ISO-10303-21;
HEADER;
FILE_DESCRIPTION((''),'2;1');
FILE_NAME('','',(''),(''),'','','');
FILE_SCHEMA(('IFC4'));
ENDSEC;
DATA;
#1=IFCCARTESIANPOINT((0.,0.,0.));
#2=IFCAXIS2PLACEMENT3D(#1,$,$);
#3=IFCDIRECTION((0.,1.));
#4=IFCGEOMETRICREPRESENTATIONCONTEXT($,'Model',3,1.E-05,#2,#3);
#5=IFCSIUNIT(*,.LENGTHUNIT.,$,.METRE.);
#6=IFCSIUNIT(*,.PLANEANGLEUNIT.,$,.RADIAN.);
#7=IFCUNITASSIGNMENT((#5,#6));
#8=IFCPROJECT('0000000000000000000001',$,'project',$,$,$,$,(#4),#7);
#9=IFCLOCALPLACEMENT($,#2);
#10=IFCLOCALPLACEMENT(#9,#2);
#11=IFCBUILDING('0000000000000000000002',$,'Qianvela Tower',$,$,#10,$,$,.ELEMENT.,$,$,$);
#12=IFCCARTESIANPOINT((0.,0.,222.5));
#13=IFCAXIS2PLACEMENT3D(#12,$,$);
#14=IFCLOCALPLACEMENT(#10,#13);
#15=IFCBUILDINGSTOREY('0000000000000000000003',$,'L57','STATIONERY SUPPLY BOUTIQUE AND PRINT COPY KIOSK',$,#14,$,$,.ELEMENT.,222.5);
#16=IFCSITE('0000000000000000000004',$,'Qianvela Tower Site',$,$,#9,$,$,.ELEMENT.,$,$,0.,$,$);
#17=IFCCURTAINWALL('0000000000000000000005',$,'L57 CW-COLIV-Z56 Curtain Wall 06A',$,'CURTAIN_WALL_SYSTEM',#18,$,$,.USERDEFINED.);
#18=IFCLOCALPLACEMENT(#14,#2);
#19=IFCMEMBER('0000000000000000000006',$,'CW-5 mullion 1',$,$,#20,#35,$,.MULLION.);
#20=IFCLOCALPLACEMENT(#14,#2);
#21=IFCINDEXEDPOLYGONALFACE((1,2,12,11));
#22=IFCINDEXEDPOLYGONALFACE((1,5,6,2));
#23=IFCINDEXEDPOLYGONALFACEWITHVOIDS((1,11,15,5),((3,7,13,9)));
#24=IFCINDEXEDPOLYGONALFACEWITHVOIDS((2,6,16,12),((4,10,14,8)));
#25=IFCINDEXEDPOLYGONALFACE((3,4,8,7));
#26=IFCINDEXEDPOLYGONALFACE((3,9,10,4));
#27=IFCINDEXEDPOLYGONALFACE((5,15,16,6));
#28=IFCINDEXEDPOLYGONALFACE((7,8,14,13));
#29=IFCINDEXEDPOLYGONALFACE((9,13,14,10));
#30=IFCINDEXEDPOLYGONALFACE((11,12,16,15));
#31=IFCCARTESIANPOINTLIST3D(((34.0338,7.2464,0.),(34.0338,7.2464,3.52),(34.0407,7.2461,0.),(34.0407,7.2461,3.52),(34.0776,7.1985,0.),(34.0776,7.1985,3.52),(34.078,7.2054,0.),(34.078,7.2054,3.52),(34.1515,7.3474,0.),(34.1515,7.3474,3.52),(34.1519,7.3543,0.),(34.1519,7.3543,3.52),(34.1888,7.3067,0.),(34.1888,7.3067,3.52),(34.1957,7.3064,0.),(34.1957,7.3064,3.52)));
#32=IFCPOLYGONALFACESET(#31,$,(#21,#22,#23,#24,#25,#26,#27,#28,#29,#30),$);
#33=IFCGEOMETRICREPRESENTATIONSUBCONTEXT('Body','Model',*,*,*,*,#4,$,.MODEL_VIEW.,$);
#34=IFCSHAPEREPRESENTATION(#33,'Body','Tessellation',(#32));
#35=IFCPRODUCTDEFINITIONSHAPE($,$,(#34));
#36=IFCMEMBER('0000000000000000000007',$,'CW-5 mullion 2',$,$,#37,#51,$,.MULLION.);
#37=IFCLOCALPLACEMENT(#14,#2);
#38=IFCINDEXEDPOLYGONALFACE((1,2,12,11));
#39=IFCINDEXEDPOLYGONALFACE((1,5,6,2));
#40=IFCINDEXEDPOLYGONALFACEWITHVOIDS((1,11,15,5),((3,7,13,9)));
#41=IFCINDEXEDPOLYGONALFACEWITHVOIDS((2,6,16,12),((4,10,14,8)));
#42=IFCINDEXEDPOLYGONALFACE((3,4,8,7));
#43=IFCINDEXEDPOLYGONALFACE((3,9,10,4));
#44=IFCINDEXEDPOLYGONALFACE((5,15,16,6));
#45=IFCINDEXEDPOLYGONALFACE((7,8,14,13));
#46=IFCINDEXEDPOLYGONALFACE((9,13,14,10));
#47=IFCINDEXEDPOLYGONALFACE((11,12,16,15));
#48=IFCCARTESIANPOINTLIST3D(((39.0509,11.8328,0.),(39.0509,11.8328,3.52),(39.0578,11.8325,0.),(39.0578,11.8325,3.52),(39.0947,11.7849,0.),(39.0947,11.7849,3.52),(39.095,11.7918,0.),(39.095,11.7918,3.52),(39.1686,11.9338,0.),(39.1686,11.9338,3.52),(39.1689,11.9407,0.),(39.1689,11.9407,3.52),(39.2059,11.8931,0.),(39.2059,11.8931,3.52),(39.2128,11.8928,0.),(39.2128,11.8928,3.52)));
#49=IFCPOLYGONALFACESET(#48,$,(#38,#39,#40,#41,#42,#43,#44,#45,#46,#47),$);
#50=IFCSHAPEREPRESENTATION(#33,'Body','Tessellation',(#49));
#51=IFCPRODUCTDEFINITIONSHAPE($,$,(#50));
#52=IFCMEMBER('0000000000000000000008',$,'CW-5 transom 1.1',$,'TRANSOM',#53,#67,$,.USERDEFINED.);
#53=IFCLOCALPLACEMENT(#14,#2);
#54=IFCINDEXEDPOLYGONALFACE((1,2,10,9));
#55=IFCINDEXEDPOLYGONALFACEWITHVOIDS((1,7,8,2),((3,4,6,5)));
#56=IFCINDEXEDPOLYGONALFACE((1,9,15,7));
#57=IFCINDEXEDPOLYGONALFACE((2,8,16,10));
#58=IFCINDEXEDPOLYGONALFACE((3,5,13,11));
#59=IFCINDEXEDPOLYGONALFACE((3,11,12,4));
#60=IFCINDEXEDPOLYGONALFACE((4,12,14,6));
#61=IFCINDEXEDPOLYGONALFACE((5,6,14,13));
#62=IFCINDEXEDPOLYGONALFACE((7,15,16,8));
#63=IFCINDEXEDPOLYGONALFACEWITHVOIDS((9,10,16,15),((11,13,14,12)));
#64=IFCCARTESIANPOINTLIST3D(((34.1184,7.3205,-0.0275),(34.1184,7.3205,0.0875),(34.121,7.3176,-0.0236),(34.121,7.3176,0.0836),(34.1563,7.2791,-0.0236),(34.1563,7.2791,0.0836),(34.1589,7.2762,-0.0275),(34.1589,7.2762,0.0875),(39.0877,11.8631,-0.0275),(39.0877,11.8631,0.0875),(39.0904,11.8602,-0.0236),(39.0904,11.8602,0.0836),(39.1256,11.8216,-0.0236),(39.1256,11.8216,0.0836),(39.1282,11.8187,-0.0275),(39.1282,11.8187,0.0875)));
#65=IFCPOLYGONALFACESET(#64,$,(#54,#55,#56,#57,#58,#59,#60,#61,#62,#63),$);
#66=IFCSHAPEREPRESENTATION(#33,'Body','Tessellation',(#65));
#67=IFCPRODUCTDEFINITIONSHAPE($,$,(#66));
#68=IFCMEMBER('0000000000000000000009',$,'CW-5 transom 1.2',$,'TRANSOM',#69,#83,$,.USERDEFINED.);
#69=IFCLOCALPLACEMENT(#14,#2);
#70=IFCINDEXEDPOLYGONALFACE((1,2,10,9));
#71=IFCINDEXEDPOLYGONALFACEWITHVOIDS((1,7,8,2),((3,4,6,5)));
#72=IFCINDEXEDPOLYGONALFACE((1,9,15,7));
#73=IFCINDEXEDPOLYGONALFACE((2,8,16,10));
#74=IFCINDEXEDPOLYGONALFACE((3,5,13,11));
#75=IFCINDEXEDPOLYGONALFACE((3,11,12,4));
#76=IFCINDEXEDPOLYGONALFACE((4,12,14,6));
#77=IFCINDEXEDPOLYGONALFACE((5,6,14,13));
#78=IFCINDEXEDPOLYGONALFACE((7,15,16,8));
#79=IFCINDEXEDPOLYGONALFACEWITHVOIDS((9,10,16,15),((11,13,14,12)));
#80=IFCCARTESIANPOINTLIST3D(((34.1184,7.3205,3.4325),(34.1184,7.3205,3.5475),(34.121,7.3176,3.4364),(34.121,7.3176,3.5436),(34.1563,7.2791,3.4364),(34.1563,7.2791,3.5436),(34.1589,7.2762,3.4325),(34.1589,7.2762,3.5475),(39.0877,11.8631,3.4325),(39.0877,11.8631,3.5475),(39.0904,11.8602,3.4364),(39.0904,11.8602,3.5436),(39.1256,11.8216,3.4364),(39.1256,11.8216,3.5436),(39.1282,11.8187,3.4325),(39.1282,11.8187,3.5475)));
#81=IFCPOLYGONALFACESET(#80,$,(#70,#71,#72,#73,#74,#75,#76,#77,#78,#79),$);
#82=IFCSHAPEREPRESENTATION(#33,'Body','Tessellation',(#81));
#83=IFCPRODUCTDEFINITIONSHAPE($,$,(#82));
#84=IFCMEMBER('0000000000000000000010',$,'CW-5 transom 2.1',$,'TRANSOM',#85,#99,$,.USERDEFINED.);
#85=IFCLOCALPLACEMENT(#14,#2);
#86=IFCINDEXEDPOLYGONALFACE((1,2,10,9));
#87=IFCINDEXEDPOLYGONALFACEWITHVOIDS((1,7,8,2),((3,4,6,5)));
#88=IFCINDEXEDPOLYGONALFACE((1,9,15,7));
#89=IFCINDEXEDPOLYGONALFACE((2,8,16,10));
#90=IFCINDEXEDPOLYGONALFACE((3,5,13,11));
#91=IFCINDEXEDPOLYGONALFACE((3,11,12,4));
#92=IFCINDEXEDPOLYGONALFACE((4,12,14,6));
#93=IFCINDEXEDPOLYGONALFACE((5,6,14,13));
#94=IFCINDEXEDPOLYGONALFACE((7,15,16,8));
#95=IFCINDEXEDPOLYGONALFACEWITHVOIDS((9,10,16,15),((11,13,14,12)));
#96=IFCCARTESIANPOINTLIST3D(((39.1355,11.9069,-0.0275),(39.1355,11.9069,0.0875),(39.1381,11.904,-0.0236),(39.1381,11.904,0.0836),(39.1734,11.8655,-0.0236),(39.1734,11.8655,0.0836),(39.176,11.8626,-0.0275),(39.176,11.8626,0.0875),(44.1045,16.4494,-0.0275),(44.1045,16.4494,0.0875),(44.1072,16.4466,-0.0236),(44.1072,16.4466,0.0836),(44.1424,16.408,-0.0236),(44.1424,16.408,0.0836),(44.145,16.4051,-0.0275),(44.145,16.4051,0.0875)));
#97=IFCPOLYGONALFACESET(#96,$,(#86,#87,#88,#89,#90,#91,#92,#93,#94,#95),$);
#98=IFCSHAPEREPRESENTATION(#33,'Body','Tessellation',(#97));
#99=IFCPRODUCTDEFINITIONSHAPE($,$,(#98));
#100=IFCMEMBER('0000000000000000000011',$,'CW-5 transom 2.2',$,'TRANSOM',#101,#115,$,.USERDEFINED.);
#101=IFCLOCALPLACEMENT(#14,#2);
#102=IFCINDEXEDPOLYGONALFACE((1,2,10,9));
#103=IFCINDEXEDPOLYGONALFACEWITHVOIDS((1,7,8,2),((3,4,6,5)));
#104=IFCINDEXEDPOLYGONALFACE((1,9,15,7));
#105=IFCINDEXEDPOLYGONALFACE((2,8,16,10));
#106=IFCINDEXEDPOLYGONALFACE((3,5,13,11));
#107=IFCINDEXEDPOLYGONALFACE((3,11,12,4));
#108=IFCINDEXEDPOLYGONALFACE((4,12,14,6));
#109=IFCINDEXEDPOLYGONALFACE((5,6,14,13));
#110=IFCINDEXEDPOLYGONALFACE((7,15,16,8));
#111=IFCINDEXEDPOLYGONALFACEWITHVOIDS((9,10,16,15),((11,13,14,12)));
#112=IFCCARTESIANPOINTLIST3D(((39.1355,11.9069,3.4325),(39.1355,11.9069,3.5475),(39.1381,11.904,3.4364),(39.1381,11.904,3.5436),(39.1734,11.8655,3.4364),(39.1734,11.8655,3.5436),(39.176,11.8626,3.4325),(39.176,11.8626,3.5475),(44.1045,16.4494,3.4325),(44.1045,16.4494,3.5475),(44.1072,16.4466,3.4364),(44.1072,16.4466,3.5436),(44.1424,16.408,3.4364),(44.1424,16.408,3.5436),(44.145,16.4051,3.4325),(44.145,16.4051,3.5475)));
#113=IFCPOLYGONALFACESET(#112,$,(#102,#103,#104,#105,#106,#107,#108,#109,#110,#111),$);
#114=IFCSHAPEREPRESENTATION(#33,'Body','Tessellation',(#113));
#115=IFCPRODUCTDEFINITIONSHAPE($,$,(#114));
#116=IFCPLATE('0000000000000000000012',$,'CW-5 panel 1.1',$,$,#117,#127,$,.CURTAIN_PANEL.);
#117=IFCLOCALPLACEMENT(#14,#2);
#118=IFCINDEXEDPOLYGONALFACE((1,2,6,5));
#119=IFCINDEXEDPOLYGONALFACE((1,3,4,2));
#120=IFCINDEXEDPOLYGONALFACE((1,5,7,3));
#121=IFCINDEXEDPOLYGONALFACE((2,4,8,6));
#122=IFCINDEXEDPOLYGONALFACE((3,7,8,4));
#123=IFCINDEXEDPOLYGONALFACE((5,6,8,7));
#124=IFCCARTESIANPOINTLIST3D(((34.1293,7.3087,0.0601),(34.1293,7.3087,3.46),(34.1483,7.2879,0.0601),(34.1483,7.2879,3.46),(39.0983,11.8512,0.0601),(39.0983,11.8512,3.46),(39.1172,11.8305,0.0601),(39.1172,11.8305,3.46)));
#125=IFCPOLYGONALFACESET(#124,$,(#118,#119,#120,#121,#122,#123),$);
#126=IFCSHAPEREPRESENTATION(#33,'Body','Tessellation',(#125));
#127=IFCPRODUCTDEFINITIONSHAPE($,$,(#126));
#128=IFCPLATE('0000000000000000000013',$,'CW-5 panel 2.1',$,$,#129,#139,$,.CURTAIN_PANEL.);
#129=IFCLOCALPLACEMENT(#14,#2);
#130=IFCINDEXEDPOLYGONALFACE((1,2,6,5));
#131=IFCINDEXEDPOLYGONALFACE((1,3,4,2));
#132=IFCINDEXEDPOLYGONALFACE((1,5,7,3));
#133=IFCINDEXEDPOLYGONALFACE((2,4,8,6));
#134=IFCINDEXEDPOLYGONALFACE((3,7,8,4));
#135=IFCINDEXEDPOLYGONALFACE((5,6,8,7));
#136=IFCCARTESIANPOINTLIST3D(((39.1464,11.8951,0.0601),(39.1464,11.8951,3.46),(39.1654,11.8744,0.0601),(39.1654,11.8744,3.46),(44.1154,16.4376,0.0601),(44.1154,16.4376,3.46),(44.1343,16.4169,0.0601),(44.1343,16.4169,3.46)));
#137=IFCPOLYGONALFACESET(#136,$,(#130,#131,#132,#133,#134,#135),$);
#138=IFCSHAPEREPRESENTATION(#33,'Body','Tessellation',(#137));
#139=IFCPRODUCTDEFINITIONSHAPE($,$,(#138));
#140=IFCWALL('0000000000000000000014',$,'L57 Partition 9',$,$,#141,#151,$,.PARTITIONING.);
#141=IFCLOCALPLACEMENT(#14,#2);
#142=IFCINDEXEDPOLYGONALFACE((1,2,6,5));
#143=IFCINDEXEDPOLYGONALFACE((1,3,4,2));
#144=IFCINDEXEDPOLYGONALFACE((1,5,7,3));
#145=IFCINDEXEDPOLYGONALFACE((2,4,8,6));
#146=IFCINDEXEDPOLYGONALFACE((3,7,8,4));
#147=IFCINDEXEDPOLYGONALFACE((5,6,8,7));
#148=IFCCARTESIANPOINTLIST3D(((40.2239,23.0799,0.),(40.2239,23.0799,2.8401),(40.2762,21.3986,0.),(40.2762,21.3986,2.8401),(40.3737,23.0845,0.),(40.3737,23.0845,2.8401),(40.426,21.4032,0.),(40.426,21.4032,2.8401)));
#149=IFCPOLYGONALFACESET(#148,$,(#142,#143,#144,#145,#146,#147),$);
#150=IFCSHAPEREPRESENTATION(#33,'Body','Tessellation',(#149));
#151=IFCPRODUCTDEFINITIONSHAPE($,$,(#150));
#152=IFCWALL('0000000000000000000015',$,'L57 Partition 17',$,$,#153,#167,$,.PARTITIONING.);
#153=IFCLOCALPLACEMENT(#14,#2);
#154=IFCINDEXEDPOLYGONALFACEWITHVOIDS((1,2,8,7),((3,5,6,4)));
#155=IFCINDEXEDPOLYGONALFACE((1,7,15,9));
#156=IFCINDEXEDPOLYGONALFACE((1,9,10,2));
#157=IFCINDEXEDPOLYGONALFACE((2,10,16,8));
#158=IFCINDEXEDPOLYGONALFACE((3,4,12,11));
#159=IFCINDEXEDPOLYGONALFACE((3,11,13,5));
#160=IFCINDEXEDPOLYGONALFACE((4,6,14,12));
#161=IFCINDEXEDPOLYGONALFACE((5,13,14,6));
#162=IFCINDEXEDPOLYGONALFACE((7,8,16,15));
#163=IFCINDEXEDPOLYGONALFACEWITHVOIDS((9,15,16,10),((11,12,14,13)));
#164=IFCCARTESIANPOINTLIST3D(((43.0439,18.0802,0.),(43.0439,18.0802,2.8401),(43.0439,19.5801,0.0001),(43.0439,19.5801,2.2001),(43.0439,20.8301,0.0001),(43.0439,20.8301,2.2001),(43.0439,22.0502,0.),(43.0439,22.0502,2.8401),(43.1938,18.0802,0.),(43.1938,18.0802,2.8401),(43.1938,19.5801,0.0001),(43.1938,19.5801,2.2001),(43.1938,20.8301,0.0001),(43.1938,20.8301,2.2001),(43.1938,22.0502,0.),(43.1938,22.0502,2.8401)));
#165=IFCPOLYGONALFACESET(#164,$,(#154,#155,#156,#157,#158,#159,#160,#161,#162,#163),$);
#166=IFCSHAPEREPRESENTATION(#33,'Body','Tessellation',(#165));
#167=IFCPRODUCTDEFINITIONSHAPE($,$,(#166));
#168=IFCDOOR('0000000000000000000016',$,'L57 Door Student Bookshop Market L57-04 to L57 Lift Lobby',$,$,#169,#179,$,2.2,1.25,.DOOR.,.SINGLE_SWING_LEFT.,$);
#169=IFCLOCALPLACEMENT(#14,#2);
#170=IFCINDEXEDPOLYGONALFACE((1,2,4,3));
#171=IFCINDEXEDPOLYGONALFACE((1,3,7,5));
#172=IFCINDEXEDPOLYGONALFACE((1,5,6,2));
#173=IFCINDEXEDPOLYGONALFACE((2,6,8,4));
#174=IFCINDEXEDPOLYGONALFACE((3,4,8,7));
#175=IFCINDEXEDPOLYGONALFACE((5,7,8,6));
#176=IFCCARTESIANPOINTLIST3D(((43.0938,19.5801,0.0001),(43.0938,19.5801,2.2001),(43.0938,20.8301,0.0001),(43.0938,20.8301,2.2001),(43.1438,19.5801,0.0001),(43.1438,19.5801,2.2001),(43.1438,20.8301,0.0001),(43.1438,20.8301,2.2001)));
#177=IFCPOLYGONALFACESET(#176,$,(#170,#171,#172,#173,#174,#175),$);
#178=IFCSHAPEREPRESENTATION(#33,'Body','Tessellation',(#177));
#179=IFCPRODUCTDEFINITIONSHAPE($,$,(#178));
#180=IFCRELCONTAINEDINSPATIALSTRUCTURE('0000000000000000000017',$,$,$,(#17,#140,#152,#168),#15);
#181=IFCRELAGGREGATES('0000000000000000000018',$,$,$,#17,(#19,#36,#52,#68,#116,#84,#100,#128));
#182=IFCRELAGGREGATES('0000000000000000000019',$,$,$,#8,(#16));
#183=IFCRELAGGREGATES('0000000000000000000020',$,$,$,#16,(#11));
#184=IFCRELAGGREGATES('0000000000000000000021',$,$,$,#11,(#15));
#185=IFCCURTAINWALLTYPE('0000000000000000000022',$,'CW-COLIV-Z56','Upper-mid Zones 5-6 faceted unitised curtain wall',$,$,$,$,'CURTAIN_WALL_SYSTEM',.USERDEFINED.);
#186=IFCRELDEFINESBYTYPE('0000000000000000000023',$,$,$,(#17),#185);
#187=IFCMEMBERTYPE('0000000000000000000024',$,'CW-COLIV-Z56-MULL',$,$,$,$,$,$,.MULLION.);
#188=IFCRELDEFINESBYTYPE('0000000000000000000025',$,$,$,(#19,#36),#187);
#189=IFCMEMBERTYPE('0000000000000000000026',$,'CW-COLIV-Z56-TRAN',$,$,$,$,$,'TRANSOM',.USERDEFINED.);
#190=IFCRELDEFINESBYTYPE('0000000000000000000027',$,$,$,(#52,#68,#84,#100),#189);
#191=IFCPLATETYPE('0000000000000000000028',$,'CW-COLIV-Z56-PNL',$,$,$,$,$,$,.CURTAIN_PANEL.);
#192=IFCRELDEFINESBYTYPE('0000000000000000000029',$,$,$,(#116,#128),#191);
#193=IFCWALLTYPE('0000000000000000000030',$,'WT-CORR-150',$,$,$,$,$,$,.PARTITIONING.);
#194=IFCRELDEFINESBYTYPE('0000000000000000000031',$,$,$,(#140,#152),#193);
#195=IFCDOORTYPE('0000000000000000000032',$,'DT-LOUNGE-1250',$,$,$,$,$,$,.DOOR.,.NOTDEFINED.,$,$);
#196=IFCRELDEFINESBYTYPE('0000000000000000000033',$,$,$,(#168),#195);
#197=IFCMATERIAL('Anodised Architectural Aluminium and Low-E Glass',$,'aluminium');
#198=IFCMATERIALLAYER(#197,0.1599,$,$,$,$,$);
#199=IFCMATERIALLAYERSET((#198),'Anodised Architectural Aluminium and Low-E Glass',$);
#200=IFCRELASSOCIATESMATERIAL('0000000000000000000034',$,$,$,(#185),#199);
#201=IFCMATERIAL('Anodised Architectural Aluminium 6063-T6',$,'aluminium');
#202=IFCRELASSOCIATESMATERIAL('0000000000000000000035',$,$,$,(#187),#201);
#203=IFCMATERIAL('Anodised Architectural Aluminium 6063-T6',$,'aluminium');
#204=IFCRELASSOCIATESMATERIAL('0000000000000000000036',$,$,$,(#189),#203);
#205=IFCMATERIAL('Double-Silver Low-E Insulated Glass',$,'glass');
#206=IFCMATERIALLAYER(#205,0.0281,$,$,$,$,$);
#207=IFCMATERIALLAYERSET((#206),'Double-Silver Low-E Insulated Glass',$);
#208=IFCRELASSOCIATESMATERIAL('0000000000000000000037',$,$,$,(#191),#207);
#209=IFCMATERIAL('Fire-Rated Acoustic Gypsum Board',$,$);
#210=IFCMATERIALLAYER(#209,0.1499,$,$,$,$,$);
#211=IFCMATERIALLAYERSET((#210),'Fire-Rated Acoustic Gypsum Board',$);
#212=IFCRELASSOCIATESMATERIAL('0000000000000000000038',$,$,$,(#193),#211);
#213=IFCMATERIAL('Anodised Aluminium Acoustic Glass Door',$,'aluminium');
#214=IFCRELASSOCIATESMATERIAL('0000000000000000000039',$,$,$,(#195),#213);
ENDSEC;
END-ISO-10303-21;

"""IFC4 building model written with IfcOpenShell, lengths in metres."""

from ifc_helpers import new_model, si_unit, direction, frame, frame_2d, origin, origin_2d, place, context, subcontext, project, spatial, rectangle, hollow_rectangle, extrude, material, layer, layer_set, material_profile, profile_set, type_object, element, fill, aggregate, save


model = new_model("IFC4")

# Units and contexts
model_context = context("Model", 3, precision=1e-05, world=origin(), true_north=direction((0.0, 1.0)))
body_context = subcontext(model_context, "Body", "Model", "MODEL_VIEW")
ifc_project = project(units=[si_unit("LENGTHUNIT", "METRE"), si_unit("PLANEANGLEUNIT", "RADIAN")], contexts=[model_context])

# Site, building, storey
site_placement = place(None, origin())
site = spatial("IfcSite", under=ifc_project, at=site_placement, Name="Qianvela Tower Site", CompositionType="ELEMENT", RefElevation=0.0)
building_placement = place(site_placement, origin())
building = spatial("IfcBuilding", under=site, at=building_placement, Name="Qianvela Tower", CompositionType="ELEMENT")
storey_placement = place(building_placement, frame((0.0, 0.0, 222.5)))
storey = spatial("IfcBuildingStorey", under=building, at=storey_placement, Name="L57", Description="STATIONERY SUPPLY BOUTIQUE AND PRINT COPY KIOSK", CompositionType="ELEMENT", Elevation=222.5)

# Curtain wall, members, plates
ifc_material_1 = material(Name="Anodised Architectural Aluminium and Low-E Glass", Category="aluminium")
ifc_layer_1 = layer(ifc_material_1, 0.1599)
ifc_layer_set_1 = layer_set([ifc_layer_1], Name="Anodised Architectural Aluminium and Low-E Glass")
curtain_wall_type = type_object("IfcCurtainWallType", Name="CW-COLIV-Z56", Description="Upper-mid Zones 5-6 faceted unitised curtain wall", ElementType="CURTAIN_WALL_SYSTEM", PredefinedType="USERDEFINED", material=ifc_layer_set_1)
curtain_wall_placement = place(storey_placement, origin())
curtain_wall = element("IfcCurtainWall", 1, at=curtain_wall_placement, inside=storey, type_object=curtain_wall_type, Name="L57 CW-COLIV-Z56 Curtain Wall 06A", ObjectType="CURTAIN_WALL_SYSTEM", PredefinedType="USERDEFINED")
ifc_material_2 = material(Name="Anodised Architectural Aluminium 6063-T6", Category="aluminium")
ifc_material_profile_1 = material_profile(ifc_material_2, hollow_rectangle(XDim=0.0649, YDim=0.1599, WallThickness=0.0049, at=origin_2d()), Name="ALU-MULL-65x160")
ifc_profile_set_1 = profile_set([ifc_material_profile_1], Name="Anodised Architectural Aluminium 6063-T6")
member_type_1 = type_object("IfcMemberType", Name="CW-COLIV-Z56-MULL", PredefinedType="MULLION", material=ifc_profile_set_1)
member_1_placement = place(storey_placement, frame((34.1147, 7.2764, 0.0), z_axis=(0.0, 0.0, 1.0), x_axis=(-0.674728, 0.738066, 0.0)))
member_1 = element("IfcMember", 2, at=member_1_placement, type_object=member_type_1, Name="CW-5 mullion 1", PredefinedType="MULLION", context=body_context, shape_type="SweptSolid", body=[
    extrude(hollow_rectangle(XDim=0.0649, YDim=0.1599, WallThickness=0.0049, at=origin_2d()), origin(), (0.0, 0.0, 1.0), 3.52),
])
member_2_placement = place(storey_placement, frame((39.1318, 11.8628, 0.0), z_axis=(0.0, 0.0, 1.0), x_axis=(-0.674728, 0.738066, 0.0)))
member_2 = element("IfcMember", 3, at=member_2_placement, type_object=member_type_1, Name="CW-5 mullion 2", PredefinedType="MULLION", context=body_context, shape_type="SweptSolid", body=[
    extrude(hollow_rectangle(XDim=0.0649, YDim=0.1599, WallThickness=0.0049, at=origin_2d()), origin(), (0.0, 0.0, 1.0), 3.52),
])
ifc_material_3 = material(Name="Anodised Architectural Aluminium 6063-T6", Category="aluminium")
ifc_material_profile_2 = material_profile(ifc_material_3, hollow_rectangle(XDim=0.0601, YDim=0.115, WallThickness=0.0039, at=origin_2d()), Name="ALU-TRAN-60x115")
ifc_profile_set_2 = profile_set([ifc_material_profile_2], Name="Anodised Architectural Aluminium 6063-T6")
member_type_2 = type_object("IfcMemberType", Name="CW-COLIV-Z56-TRAN", ElementType="TRANSOM", PredefinedType="USERDEFINED", material=ifc_profile_set_2)
member_3_placement = place(storey_placement, frame((34.1387, 7.2983, 0.03), z_axis=(0.73809, 0.674703, 0.0), x_axis=(-0.674703, 0.73809, 0.0)))
member_3 = element("IfcMember", 4, at=member_3_placement, type_object=member_type_2, Name="CW-5 transom 1.1", ObjectType="TRANSOM", PredefinedType="USERDEFINED", context=body_context, shape_type="SweptSolid", body=[
    extrude(hollow_rectangle(XDim=0.0601, YDim=0.115, WallThickness=0.0039, at=origin_2d()), origin(), (0.0, 0.0, 1.0), 6.7327),
])
member_4_placement = place(storey_placement, frame((34.1387, 7.2983, 3.49), z_axis=(0.73809, 0.674703, 0.0), x_axis=(-0.674703, 0.73809, 0.0)))
member_4 = element("IfcMember", 5, at=member_4_placement, type_object=member_type_2, Name="CW-5 transom 1.2", ObjectType="TRANSOM", PredefinedType="USERDEFINED", context=body_context, shape_type="SweptSolid", body=[
    extrude(hollow_rectangle(XDim=0.0601, YDim=0.115, WallThickness=0.0039, at=origin_2d()), origin(), (0.0, 0.0, 1.0), 6.7327),
])
member_5_placement = place(storey_placement, frame((39.1558, 11.8848, 0.03), z_axis=(0.738073, 0.674721, 0.0), x_axis=(-0.674721, 0.738073, 0.0)))
member_5 = element("IfcMember", 6, at=member_5_placement, type_object=member_type_2, Name="CW-5 transom 2.1", ObjectType="TRANSOM", PredefinedType="USERDEFINED", context=body_context, shape_type="SweptSolid", body=[
    extrude(hollow_rectangle(XDim=0.0601, YDim=0.115, WallThickness=0.0039, at=origin_2d()), origin(), (0.0, 0.0, 1.0), 6.7324),
])
member_6_placement = place(storey_placement, frame((39.1558, 11.8848, 3.49), z_axis=(0.738073, 0.674721, 0.0), x_axis=(-0.674721, 0.738073, 0.0)))
member_6 = element("IfcMember", 7, at=member_6_placement, type_object=member_type_2, Name="CW-5 transom 2.2", ObjectType="TRANSOM", PredefinedType="USERDEFINED", context=body_context, shape_type="SweptSolid", body=[
    extrude(hollow_rectangle(XDim=0.0601, YDim=0.115, WallThickness=0.0039, at=origin_2d()), origin(), (0.0, 0.0, 1.0), 6.7324),
])
ifc_material_4 = material(Name="Double-Silver Low-E Insulated Glass", Category="glass")
ifc_layer_2 = layer(ifc_material_4, 0.0281)
ifc_layer_set_2 = layer_set([ifc_layer_2], Name="Double-Silver Low-E Insulated Glass")
plate_type = type_object("IfcPlateType", Name="CW-COLIV-Z56-PNL", PredefinedType="CURTAIN_PANEL", material=ifc_layer_set_2)
plate_1_placement = place(storey_placement, frame((36.6233, 9.5696, 0.0601), z_axis=(0.0, 0.0, 1.0), x_axis=(0.738066, 0.674728, 0.0)))
plate_1 = element("IfcPlate", 8, at=plate_1_placement, type_object=plate_type, Name="CW-5 panel 1.1", PredefinedType="CURTAIN_PANEL", context=body_context, shape_type="SweptSolid", body=[
    extrude(rectangle(XDim=6.7324, YDim=0.0281, at=origin_2d()), origin(), (0.0, 0.0, 1.0), 3.3999),
])
plate_2_placement = place(storey_placement, frame((41.6404, 14.156, 0.0601), z_axis=(0.0, 0.0, 1.0), x_axis=(0.738066, 0.674728, 0.0)))
plate_2 = element("IfcPlate", 9, at=plate_2_placement, type_object=plate_type, Name="CW-5 panel 2.1", PredefinedType="CURTAIN_PANEL", context=body_context, shape_type="SweptSolid", body=[
    extrude(rectangle(XDim=6.7324, YDim=0.0281, at=origin_2d()), origin(), (0.0, 0.0, 1.0), 3.3999),
])
aggregate(curtain_wall, [member_1, member_2, member_3, member_4, plate_1, member_5, member_6, plate_2])

# Wall
ifc_material_5 = material(Name="Fire-Rated Acoustic Gypsum Board")
ifc_layer_3 = layer(ifc_material_5, 0.1499)
ifc_layer_set_3 = layer_set([ifc_layer_3], Name="Fire-Rated Acoustic Gypsum Board")
wall_type_1 = type_object("IfcWallType", Name="WT-CORR-150", PredefinedType="PARTITIONING", material=ifc_layer_set_3)
wall_1_placement = place(storey_placement, frame((40.3511, 21.4009, 0.0), z_axis=(0.0, 0.0, 1.0), x_axis=(-0.031058, 0.999518, 0.0)))
element("IfcWall", 10, at=wall_1_placement, inside=storey, type_object=wall_type_1, Name="L57 Partition 9", PredefinedType="PARTITIONING", context=body_context, shape_type="SweptSolid", body=[
    extrude(rectangle(XDim=1.6821, YDim=0.1499, at=frame_2d((0.8411, 0.0))), origin(), (0.0, 0.0, 1.0), 2.8401),
])

# Wall, opening, door
wall_2_placement = place(storey_placement, frame((43.1189, 22.05, 0.0), z_axis=(0.0, 0.0, 1.0), x_axis=(0.0, -1.0, 0.0)))
wall_2 = element("IfcWall", 11, at=wall_2_placement, inside=storey, type_object=wall_type_1, Name="L57 Partition 17", PredefinedType="PARTITIONING", context=body_context, shape_type="SweptSolid", body=[
    extrude(rectangle(XDim=3.97, YDim=0.1499, at=frame_2d((1.9849, 0.0))), origin(), (0.0, 0.0, 1.0), 2.8401),
])
opening_placement = place(wall_2_placement, frame((1.22, 0.0, 0.0)))
opening = element("IfcOpeningElement", 12, at=opening_placement, cuts=wall_2, PredefinedType="OPENING", context=body_context, shape_type="SweptSolid", body=[
    extrude(rectangle(XDim=1.25, YDim=2.2, at=frame_2d((0.625, 1.1001))), frame((0.0, 0.085, 0.0), z_axis=(0.0, -1.0, 0.0), x_axis=(1.0, 0.0, 0.0)), (0.0, 0.0, 1.0), 0.1699),
])
ifc_material_6 = material(Name="Anodised Aluminium Acoustic Glass Door", Category="aluminium")
door_type = type_object("IfcDoorType", Name="DT-LOUNGE-1250", OperationType="NOTDEFINED", PredefinedType="DOOR", material=ifc_material_6)
door_placement = place(opening_placement, origin())
door = element("IfcDoor", 13, at=door_placement, inside=storey, type_object=door_type, Name="L57 Door Student Bookshop Market L57-04 to L57 Lift Lobby", OperationType="SINGLE_SWING_LEFT", OverallHeight=2.2, OverallWidth=1.25, PredefinedType="DOOR", context=body_context, shape_type="SweptSolid", body=[
    extrude(rectangle(XDim=1.25, YDim=2.2, at=frame_2d((0.625, 1.1001))), frame((0.0, 0.0249, 0.0), z_axis=(0.0, -1.0, 0.0), x_axis=(1.0, 0.0, 0.0)), (0.0, 0.0, 1.0), 0.05),
])
fill(opening, door)

save(model, "model.ifc")
